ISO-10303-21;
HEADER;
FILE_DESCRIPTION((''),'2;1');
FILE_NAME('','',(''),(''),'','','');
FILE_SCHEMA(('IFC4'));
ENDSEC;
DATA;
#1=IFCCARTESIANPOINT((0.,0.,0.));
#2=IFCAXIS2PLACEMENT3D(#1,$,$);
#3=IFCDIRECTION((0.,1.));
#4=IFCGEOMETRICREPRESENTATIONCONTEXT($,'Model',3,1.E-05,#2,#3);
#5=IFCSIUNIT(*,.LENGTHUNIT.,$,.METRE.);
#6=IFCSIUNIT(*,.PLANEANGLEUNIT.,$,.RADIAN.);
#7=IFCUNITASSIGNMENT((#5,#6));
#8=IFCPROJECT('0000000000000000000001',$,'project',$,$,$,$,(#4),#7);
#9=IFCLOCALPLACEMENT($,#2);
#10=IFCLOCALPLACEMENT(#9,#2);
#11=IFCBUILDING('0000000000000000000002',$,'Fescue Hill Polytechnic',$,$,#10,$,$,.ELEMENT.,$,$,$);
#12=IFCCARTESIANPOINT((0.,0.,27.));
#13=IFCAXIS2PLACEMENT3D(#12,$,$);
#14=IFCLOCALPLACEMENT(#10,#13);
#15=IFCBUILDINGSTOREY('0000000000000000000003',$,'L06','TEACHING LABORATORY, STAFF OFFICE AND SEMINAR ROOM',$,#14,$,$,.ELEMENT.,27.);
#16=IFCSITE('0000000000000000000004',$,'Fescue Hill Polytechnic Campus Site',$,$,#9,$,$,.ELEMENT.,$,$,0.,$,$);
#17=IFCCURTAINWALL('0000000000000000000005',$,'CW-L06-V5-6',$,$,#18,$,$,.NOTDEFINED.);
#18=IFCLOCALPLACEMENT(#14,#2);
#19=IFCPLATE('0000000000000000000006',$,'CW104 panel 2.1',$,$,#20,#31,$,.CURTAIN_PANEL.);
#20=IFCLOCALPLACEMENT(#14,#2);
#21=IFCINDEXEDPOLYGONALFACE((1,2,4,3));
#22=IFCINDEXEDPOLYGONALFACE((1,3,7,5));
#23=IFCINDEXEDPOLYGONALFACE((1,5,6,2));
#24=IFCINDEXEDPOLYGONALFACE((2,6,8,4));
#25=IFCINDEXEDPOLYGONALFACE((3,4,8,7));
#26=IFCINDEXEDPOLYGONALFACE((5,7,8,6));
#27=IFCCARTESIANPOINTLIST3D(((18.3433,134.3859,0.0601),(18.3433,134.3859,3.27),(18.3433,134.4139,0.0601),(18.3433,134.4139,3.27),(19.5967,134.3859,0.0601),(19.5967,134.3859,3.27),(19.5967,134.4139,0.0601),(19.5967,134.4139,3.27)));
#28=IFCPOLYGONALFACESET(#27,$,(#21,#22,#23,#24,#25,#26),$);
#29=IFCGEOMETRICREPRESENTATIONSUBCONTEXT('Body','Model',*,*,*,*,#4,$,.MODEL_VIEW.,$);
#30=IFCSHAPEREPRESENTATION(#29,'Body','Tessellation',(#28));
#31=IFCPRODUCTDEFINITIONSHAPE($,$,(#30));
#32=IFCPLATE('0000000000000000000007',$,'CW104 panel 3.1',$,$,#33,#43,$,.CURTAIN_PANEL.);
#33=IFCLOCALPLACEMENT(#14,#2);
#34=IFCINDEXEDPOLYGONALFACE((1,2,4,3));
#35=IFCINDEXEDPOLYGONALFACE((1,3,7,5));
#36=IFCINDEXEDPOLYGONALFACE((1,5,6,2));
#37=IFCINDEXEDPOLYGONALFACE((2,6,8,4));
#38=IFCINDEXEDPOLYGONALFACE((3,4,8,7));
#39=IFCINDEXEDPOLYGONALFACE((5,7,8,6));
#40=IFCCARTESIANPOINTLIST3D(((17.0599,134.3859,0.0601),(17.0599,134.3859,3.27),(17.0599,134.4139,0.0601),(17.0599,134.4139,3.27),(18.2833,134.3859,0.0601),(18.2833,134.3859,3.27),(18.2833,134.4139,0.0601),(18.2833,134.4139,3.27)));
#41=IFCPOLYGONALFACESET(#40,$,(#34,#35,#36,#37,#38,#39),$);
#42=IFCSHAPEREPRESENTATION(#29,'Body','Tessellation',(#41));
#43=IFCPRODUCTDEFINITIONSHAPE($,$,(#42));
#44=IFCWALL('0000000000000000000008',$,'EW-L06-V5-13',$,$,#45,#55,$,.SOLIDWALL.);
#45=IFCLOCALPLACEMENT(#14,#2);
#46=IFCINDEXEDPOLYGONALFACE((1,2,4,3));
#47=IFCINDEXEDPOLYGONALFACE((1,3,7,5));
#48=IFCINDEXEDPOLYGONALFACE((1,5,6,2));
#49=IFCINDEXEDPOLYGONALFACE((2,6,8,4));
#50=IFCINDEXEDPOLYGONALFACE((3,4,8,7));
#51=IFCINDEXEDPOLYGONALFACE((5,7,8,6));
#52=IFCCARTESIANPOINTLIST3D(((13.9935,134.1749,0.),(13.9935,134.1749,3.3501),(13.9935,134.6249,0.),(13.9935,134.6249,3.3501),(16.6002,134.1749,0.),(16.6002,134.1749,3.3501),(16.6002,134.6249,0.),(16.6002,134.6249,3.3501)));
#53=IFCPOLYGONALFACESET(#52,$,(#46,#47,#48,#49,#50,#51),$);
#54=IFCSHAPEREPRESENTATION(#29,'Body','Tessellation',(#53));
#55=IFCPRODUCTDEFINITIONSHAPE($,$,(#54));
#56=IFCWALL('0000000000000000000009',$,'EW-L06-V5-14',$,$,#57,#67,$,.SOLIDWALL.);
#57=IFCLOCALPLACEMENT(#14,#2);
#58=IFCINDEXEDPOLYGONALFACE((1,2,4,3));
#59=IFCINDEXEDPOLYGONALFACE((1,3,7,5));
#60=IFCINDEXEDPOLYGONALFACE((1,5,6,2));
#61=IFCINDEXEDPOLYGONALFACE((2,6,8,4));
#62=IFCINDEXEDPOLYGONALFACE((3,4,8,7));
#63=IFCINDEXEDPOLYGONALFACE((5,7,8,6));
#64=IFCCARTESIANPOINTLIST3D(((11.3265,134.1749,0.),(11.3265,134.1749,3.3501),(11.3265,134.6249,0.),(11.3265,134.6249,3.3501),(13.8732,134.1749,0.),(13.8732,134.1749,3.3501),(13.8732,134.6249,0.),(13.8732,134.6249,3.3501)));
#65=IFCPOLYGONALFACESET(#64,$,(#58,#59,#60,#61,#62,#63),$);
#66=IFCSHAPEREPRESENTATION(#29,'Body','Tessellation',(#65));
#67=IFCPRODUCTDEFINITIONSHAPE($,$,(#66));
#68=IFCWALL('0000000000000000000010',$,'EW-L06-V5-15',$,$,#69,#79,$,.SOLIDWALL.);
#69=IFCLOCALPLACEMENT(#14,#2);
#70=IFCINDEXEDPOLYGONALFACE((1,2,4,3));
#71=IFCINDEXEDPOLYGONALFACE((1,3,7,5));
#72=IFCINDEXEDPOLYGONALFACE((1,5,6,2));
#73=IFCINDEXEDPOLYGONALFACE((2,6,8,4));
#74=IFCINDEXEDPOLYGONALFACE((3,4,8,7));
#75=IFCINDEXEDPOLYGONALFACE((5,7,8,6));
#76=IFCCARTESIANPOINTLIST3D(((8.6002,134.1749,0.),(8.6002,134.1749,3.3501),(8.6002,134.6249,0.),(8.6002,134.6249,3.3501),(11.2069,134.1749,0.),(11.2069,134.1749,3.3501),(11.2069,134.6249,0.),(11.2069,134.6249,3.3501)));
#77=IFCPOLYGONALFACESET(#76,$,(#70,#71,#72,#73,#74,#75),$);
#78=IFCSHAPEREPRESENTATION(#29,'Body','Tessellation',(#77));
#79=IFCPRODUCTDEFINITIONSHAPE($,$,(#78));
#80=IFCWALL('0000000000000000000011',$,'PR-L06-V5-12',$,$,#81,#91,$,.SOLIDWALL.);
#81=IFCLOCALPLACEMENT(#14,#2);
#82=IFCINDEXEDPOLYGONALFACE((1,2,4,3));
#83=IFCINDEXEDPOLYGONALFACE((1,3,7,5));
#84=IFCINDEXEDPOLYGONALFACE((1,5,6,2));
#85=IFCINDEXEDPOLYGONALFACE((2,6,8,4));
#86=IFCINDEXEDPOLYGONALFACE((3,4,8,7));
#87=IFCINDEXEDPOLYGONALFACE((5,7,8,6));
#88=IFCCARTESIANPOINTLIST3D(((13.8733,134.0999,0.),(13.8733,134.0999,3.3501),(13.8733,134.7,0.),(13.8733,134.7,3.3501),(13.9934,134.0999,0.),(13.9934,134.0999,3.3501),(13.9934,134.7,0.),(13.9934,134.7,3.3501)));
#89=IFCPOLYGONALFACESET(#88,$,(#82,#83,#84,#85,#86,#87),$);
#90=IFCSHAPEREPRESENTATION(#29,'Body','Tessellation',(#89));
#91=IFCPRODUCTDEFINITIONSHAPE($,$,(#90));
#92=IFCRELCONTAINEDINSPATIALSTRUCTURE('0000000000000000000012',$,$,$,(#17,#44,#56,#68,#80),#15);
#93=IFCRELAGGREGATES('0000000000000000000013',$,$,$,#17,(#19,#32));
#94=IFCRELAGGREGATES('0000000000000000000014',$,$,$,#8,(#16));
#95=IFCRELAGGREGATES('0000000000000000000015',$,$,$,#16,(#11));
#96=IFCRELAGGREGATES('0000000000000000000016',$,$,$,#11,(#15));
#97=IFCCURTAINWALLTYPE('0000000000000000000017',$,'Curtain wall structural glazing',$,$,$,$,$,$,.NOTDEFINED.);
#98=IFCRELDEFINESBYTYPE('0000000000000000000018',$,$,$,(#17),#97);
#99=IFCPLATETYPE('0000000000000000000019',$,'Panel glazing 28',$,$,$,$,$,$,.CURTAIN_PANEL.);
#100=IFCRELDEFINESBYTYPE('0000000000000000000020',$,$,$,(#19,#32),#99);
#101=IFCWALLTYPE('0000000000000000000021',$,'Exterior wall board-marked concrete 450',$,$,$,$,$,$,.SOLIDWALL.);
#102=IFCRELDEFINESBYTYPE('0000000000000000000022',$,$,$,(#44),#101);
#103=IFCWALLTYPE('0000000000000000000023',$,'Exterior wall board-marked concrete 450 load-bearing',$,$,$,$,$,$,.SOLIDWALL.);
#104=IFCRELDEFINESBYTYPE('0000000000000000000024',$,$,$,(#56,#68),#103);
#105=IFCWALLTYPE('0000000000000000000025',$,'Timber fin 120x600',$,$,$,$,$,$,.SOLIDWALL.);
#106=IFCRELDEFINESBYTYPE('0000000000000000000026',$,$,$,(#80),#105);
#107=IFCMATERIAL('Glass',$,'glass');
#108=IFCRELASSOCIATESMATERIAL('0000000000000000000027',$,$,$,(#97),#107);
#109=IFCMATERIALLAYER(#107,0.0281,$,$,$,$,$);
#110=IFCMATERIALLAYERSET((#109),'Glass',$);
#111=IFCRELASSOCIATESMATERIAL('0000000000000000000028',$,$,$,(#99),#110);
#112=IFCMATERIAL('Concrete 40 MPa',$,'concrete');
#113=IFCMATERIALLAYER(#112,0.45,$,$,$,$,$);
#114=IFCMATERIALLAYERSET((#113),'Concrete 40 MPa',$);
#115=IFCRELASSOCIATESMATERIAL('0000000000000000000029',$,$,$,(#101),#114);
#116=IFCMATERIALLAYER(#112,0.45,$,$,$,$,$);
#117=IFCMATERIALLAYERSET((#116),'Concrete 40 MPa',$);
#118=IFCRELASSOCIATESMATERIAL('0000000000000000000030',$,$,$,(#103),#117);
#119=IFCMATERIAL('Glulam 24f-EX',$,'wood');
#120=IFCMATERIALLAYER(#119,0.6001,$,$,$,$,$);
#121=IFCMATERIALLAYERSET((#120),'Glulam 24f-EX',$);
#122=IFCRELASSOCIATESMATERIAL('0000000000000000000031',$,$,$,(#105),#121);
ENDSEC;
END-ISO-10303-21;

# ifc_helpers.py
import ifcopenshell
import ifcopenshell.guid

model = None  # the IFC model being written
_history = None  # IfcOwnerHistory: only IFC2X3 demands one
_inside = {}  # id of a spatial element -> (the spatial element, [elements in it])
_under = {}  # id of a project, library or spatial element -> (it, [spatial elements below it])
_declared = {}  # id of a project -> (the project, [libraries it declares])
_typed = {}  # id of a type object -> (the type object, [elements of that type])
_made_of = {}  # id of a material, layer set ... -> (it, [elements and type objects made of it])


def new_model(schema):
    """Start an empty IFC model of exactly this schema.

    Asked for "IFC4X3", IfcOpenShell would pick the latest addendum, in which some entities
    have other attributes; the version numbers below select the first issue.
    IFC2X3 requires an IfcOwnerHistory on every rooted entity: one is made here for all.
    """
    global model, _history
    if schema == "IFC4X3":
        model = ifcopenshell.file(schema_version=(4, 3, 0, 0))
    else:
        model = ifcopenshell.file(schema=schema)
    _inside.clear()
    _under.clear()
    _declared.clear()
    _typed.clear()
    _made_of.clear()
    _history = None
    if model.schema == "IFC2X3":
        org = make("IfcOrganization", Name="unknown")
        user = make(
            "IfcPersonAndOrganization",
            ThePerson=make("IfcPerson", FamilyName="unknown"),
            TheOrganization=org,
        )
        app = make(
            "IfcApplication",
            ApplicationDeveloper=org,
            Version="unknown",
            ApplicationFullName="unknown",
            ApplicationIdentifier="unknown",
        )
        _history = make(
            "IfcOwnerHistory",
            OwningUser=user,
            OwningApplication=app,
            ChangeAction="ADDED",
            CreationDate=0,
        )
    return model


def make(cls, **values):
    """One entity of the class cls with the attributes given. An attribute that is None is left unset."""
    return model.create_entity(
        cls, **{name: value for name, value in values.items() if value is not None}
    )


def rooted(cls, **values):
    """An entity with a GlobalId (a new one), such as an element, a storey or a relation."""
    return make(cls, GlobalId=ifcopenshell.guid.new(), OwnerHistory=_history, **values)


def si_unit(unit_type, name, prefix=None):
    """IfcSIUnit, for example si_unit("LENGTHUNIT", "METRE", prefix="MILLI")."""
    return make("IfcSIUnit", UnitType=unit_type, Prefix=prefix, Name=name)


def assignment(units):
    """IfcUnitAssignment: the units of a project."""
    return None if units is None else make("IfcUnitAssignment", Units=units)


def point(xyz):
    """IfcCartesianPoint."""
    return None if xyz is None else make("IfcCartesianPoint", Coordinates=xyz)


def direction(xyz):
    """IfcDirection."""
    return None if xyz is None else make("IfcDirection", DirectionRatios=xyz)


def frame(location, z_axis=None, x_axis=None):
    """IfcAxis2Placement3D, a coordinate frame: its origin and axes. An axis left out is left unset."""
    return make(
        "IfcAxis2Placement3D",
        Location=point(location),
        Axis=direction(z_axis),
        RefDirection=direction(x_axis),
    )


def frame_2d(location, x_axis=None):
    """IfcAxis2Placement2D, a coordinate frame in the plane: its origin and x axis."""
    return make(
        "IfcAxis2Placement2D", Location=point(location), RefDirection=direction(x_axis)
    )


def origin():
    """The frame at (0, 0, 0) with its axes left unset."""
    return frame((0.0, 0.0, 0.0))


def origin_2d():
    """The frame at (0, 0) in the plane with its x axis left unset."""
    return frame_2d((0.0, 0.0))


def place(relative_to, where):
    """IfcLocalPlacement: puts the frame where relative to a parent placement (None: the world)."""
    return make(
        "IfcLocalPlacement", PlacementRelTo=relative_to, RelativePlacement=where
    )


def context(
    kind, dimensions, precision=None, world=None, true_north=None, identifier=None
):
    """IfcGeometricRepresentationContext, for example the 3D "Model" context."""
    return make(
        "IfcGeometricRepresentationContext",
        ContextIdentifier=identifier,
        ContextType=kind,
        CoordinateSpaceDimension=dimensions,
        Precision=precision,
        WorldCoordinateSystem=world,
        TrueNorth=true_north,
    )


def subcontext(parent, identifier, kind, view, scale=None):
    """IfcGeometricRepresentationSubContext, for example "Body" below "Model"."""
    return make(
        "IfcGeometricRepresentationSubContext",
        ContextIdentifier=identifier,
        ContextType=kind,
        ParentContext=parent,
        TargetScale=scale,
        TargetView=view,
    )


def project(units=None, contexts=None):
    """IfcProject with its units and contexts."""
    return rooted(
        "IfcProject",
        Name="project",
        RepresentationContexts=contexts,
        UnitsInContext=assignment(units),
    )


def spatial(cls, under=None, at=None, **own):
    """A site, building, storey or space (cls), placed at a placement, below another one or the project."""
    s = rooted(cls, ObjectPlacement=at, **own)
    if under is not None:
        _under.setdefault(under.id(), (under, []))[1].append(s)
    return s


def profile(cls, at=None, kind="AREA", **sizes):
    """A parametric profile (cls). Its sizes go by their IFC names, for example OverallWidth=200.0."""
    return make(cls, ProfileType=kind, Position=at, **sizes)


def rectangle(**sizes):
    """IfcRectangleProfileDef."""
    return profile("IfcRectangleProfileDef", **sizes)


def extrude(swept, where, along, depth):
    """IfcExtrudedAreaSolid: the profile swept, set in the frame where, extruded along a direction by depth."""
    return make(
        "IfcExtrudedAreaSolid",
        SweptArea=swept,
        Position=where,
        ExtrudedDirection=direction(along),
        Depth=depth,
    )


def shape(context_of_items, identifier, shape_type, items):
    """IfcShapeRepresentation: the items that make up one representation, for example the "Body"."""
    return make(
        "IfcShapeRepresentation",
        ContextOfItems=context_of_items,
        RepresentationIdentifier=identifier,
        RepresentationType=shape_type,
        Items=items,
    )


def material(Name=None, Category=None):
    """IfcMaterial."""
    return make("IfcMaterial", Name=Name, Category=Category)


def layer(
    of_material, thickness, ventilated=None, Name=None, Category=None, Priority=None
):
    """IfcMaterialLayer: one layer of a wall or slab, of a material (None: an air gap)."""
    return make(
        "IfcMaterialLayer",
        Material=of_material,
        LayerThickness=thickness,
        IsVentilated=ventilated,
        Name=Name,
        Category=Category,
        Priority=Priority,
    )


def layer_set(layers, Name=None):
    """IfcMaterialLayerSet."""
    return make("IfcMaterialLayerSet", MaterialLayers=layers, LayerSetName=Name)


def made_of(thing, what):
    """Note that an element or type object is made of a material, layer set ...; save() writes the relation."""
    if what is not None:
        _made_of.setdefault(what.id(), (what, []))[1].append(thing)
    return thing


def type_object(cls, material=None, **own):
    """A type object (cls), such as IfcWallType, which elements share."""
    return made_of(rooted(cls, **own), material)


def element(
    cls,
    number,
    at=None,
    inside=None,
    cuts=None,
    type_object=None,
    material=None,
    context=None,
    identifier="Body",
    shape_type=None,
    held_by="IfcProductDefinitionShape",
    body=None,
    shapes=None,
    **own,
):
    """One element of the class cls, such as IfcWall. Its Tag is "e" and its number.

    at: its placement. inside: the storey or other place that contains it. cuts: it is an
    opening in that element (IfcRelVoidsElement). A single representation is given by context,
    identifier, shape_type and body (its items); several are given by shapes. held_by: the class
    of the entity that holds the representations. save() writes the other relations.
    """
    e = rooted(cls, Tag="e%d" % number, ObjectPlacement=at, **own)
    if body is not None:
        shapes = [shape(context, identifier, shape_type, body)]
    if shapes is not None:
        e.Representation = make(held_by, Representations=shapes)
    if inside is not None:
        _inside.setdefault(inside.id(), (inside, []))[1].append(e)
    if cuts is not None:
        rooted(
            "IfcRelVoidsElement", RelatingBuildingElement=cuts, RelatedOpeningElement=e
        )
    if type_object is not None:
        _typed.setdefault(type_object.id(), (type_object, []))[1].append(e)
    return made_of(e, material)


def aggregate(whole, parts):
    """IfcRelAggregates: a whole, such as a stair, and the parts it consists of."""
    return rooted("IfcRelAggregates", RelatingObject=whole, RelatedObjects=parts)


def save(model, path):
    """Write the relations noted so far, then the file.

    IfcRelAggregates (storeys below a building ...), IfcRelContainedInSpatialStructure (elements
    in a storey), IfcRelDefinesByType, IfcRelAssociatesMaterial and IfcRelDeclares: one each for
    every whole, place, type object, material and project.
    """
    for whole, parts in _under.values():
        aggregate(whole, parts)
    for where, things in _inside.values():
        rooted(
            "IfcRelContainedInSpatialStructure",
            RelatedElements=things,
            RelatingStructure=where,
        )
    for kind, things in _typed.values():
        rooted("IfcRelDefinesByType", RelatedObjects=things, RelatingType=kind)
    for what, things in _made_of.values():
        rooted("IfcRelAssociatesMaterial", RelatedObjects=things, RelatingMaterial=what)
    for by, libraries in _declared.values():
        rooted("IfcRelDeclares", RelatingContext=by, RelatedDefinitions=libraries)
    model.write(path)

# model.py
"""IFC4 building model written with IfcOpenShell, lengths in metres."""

from ifc_helpers import new_model, si_unit, direction, frame, frame_2d, origin, origin_2d, place, context, subcontext, project, spatial, rectangle, extrude, material, layer, layer_set, type_object, element, aggregate, save


model = new_model("IFC4")

# Units and contexts
model_context = context("Model", 3, precision=1e-05, world=origin(), true_north=direction((0.0, 1.0)))
body_context = subcontext(model_context, "Body", "Model", "MODEL_VIEW")
ifc_project = project(units=[si_unit("LENGTHUNIT", "METRE"), si_unit("PLANEANGLEUNIT", "RADIAN")], contexts=[model_context])

# Site, building, storey
site_placement = place(None, origin())
site = spatial("IfcSite", under=ifc_project, at=site_placement, Name="Fescue Hill Polytechnic Campus Site", CompositionType="ELEMENT", RefElevation=0.0)
building_placement = place(site_placement, origin())
building = spatial("IfcBuilding", under=site, at=building_placement, Name="Fescue Hill Polytechnic", CompositionType="ELEMENT")
storey_placement = place(building_placement, frame((0.0, 0.0, 27.0)))
storey = spatial("IfcBuildingStorey", under=building, at=storey_placement, Name="L06", Description="TEACHING LABORATORY, STAFF OFFICE AND SEMINAR ROOM", CompositionType="ELEMENT", Elevation=27.0)

# Shared definitions
ifc_material_1 = material(Name="Concrete 40 MPa", Category="concrete")

# Curtain wall, plates
ifc_material_2 = material(Name="Glass", Category="glass")
curtain_wall_type = type_object("IfcCurtainWallType", Name="Curtain wall structural glazing", PredefinedType="NOTDEFINED", material=ifc_material_2)
curtain_wall_placement = place(storey_placement, origin())
curtain_wall = element("IfcCurtainWall", 1, at=curtain_wall_placement, inside=storey, type_object=curtain_wall_type, Name="CW-L06-V5-6", PredefinedType="NOTDEFINED")
ifc_layer_1 = layer(ifc_material_2, 0.0281)
ifc_layer_set_1 = layer_set([ifc_layer_1], Name="Glass")
plate_type = type_object("IfcPlateType", Name="Panel glazing 28", PredefinedType="CURTAIN_PANEL", material=ifc_layer_set_1)
plate_1_placement = place(storey_placement, frame((18.97, 134.3999, 0.0601), z_axis=(0.0, 0.0, 1.0), x_axis=(-1.0, 0.0, 0.0)))
plate_1 = element("IfcPlate", 2, at=plate_1_placement, type_object=plate_type, Name="CW104 panel 2.1", PredefinedType="CURTAIN_PANEL", context=body_context, shape_type="SweptSolid", body=[
    extrude(rectangle(XDim=1.2534, YDim=0.0281, at=origin_2d()), origin(), (0.0, 0.0, 1.0), 3.21),
])
plate_2_placement = place(storey_placement, frame((17.6716, 134.3999, 0.0601), z_axis=(0.0, 0.0, 1.0), x_axis=(-1.0, 0.0, 0.0)))
plate_2 = element("IfcPlate", 3, at=plate_2_placement, type_object=plate_type, Name="CW104 panel 3.1", PredefinedType="CURTAIN_PANEL", context=body_context, shape_type="SweptSolid", body=[
    extrude(rectangle(XDim=1.2234, YDim=0.0281, at=origin_2d()), origin(), (0.0, 0.0, 1.0), 3.21),
])
aggregate(curtain_wall, [plate_1, plate_2])

# Walls
ifc_layer_2 = layer(ifc_material_1, 0.45)
ifc_layer_set_2 = layer_set([ifc_layer_2], Name="Concrete 40 MPa")
wall_type_1 = type_object("IfcWallType", Name="Exterior wall board-marked concrete 450", PredefinedType="SOLIDWALL", material=ifc_layer_set_2)
wall_1_placement = place(storey_placement, frame((16.6001, 134.3999, 0.0), z_axis=(0.0, 0.0, 1.0), x_axis=(-1.0, 0.0, 0.0)))
element("IfcWall", 4, at=wall_1_placement, inside=storey, type_object=wall_type_1, Name="EW-L06-V5-13", PredefinedType="SOLIDWALL", context=body_context, shape_type="SweptSolid", body=[
    extrude(rectangle(XDim=2.6067, YDim=0.45, at=frame_2d((1.3032, 0.0))), origin(), (0.0, 0.0, 1.0), 3.3501),
])
ifc_layer_3 = layer(ifc_material_1, 0.45)
ifc_layer_set_3 = layer_set([ifc_layer_3], Name="Concrete 40 MPa")
wall_type_2 = type_object("IfcWallType", Name="Exterior wall board-marked concrete 450 load-bearing", PredefinedType="SOLIDWALL", material=ifc_layer_set_3)
wall_2_placement = place(storey_placement, frame((13.8733, 134.3999, 0.0), z_axis=(0.0, 0.0, 1.0), x_axis=(-1.0, 0.0, 0.0)))
element("IfcWall", 5, at=wall_2_placement, inside=storey, type_object=wall_type_2, Name="EW-L06-V5-14", PredefinedType="SOLIDWALL", context=body_context, shape_type="SweptSolid", body=[
    extrude(rectangle(XDim=2.5466, YDim=0.45, at=frame_2d((1.2734, 0.0))), origin(), (0.0, 0.0, 1.0), 3.3501),
])
wall_3_placement = place(storey_placement, frame((11.2068, 134.3999, 0.0), z_axis=(0.0, 0.0, 1.0), x_axis=(-1.0, 0.0, 0.0)))
element("IfcWall", 6, at=wall_3_placement, inside=storey, type_object=wall_type_2, Name="EW-L06-V5-15", PredefinedType="SOLIDWALL", context=body_context, shape_type="SweptSolid", body=[
    extrude(rectangle(XDim=2.6067, YDim=0.45, at=frame_2d((1.3032, 0.0))), origin(), (0.0, 0.0, 1.0), 3.3501),
])
ifc_material_3 = material(Name="Glulam 24f-EX", Category="wood")
ifc_layer_4 = layer(ifc_material_3, 0.6001)
ifc_layer_set_4 = layer_set([ifc_layer_4], Name="Glulam 24f-EX")
wall_type_3 = type_object("IfcWallType", Name="Timber fin 120x600", PredefinedType="SOLIDWALL", material=ifc_layer_set_4)
wall_4_placement = place(storey_placement, frame((13.9934, 134.3999, 0.0), z_axis=(0.0, 0.0, 1.0), x_axis=(-1.0, 0.0, 0.0)))
element("IfcWall", 7, at=wall_4_placement, inside=storey, type_object=wall_type_3, Name="PR-L06-V5-12", PredefinedType="SOLIDWALL", context=body_context, shape_type="SweptSolid", body=[
    extrude(rectangle(XDim=0.1201, YDim=0.6001, at=frame_2d((0.0601, 0.0))), origin(), (0.0, 0.0, 1.0), 3.3501),
])

save(model, "model.ifc")
